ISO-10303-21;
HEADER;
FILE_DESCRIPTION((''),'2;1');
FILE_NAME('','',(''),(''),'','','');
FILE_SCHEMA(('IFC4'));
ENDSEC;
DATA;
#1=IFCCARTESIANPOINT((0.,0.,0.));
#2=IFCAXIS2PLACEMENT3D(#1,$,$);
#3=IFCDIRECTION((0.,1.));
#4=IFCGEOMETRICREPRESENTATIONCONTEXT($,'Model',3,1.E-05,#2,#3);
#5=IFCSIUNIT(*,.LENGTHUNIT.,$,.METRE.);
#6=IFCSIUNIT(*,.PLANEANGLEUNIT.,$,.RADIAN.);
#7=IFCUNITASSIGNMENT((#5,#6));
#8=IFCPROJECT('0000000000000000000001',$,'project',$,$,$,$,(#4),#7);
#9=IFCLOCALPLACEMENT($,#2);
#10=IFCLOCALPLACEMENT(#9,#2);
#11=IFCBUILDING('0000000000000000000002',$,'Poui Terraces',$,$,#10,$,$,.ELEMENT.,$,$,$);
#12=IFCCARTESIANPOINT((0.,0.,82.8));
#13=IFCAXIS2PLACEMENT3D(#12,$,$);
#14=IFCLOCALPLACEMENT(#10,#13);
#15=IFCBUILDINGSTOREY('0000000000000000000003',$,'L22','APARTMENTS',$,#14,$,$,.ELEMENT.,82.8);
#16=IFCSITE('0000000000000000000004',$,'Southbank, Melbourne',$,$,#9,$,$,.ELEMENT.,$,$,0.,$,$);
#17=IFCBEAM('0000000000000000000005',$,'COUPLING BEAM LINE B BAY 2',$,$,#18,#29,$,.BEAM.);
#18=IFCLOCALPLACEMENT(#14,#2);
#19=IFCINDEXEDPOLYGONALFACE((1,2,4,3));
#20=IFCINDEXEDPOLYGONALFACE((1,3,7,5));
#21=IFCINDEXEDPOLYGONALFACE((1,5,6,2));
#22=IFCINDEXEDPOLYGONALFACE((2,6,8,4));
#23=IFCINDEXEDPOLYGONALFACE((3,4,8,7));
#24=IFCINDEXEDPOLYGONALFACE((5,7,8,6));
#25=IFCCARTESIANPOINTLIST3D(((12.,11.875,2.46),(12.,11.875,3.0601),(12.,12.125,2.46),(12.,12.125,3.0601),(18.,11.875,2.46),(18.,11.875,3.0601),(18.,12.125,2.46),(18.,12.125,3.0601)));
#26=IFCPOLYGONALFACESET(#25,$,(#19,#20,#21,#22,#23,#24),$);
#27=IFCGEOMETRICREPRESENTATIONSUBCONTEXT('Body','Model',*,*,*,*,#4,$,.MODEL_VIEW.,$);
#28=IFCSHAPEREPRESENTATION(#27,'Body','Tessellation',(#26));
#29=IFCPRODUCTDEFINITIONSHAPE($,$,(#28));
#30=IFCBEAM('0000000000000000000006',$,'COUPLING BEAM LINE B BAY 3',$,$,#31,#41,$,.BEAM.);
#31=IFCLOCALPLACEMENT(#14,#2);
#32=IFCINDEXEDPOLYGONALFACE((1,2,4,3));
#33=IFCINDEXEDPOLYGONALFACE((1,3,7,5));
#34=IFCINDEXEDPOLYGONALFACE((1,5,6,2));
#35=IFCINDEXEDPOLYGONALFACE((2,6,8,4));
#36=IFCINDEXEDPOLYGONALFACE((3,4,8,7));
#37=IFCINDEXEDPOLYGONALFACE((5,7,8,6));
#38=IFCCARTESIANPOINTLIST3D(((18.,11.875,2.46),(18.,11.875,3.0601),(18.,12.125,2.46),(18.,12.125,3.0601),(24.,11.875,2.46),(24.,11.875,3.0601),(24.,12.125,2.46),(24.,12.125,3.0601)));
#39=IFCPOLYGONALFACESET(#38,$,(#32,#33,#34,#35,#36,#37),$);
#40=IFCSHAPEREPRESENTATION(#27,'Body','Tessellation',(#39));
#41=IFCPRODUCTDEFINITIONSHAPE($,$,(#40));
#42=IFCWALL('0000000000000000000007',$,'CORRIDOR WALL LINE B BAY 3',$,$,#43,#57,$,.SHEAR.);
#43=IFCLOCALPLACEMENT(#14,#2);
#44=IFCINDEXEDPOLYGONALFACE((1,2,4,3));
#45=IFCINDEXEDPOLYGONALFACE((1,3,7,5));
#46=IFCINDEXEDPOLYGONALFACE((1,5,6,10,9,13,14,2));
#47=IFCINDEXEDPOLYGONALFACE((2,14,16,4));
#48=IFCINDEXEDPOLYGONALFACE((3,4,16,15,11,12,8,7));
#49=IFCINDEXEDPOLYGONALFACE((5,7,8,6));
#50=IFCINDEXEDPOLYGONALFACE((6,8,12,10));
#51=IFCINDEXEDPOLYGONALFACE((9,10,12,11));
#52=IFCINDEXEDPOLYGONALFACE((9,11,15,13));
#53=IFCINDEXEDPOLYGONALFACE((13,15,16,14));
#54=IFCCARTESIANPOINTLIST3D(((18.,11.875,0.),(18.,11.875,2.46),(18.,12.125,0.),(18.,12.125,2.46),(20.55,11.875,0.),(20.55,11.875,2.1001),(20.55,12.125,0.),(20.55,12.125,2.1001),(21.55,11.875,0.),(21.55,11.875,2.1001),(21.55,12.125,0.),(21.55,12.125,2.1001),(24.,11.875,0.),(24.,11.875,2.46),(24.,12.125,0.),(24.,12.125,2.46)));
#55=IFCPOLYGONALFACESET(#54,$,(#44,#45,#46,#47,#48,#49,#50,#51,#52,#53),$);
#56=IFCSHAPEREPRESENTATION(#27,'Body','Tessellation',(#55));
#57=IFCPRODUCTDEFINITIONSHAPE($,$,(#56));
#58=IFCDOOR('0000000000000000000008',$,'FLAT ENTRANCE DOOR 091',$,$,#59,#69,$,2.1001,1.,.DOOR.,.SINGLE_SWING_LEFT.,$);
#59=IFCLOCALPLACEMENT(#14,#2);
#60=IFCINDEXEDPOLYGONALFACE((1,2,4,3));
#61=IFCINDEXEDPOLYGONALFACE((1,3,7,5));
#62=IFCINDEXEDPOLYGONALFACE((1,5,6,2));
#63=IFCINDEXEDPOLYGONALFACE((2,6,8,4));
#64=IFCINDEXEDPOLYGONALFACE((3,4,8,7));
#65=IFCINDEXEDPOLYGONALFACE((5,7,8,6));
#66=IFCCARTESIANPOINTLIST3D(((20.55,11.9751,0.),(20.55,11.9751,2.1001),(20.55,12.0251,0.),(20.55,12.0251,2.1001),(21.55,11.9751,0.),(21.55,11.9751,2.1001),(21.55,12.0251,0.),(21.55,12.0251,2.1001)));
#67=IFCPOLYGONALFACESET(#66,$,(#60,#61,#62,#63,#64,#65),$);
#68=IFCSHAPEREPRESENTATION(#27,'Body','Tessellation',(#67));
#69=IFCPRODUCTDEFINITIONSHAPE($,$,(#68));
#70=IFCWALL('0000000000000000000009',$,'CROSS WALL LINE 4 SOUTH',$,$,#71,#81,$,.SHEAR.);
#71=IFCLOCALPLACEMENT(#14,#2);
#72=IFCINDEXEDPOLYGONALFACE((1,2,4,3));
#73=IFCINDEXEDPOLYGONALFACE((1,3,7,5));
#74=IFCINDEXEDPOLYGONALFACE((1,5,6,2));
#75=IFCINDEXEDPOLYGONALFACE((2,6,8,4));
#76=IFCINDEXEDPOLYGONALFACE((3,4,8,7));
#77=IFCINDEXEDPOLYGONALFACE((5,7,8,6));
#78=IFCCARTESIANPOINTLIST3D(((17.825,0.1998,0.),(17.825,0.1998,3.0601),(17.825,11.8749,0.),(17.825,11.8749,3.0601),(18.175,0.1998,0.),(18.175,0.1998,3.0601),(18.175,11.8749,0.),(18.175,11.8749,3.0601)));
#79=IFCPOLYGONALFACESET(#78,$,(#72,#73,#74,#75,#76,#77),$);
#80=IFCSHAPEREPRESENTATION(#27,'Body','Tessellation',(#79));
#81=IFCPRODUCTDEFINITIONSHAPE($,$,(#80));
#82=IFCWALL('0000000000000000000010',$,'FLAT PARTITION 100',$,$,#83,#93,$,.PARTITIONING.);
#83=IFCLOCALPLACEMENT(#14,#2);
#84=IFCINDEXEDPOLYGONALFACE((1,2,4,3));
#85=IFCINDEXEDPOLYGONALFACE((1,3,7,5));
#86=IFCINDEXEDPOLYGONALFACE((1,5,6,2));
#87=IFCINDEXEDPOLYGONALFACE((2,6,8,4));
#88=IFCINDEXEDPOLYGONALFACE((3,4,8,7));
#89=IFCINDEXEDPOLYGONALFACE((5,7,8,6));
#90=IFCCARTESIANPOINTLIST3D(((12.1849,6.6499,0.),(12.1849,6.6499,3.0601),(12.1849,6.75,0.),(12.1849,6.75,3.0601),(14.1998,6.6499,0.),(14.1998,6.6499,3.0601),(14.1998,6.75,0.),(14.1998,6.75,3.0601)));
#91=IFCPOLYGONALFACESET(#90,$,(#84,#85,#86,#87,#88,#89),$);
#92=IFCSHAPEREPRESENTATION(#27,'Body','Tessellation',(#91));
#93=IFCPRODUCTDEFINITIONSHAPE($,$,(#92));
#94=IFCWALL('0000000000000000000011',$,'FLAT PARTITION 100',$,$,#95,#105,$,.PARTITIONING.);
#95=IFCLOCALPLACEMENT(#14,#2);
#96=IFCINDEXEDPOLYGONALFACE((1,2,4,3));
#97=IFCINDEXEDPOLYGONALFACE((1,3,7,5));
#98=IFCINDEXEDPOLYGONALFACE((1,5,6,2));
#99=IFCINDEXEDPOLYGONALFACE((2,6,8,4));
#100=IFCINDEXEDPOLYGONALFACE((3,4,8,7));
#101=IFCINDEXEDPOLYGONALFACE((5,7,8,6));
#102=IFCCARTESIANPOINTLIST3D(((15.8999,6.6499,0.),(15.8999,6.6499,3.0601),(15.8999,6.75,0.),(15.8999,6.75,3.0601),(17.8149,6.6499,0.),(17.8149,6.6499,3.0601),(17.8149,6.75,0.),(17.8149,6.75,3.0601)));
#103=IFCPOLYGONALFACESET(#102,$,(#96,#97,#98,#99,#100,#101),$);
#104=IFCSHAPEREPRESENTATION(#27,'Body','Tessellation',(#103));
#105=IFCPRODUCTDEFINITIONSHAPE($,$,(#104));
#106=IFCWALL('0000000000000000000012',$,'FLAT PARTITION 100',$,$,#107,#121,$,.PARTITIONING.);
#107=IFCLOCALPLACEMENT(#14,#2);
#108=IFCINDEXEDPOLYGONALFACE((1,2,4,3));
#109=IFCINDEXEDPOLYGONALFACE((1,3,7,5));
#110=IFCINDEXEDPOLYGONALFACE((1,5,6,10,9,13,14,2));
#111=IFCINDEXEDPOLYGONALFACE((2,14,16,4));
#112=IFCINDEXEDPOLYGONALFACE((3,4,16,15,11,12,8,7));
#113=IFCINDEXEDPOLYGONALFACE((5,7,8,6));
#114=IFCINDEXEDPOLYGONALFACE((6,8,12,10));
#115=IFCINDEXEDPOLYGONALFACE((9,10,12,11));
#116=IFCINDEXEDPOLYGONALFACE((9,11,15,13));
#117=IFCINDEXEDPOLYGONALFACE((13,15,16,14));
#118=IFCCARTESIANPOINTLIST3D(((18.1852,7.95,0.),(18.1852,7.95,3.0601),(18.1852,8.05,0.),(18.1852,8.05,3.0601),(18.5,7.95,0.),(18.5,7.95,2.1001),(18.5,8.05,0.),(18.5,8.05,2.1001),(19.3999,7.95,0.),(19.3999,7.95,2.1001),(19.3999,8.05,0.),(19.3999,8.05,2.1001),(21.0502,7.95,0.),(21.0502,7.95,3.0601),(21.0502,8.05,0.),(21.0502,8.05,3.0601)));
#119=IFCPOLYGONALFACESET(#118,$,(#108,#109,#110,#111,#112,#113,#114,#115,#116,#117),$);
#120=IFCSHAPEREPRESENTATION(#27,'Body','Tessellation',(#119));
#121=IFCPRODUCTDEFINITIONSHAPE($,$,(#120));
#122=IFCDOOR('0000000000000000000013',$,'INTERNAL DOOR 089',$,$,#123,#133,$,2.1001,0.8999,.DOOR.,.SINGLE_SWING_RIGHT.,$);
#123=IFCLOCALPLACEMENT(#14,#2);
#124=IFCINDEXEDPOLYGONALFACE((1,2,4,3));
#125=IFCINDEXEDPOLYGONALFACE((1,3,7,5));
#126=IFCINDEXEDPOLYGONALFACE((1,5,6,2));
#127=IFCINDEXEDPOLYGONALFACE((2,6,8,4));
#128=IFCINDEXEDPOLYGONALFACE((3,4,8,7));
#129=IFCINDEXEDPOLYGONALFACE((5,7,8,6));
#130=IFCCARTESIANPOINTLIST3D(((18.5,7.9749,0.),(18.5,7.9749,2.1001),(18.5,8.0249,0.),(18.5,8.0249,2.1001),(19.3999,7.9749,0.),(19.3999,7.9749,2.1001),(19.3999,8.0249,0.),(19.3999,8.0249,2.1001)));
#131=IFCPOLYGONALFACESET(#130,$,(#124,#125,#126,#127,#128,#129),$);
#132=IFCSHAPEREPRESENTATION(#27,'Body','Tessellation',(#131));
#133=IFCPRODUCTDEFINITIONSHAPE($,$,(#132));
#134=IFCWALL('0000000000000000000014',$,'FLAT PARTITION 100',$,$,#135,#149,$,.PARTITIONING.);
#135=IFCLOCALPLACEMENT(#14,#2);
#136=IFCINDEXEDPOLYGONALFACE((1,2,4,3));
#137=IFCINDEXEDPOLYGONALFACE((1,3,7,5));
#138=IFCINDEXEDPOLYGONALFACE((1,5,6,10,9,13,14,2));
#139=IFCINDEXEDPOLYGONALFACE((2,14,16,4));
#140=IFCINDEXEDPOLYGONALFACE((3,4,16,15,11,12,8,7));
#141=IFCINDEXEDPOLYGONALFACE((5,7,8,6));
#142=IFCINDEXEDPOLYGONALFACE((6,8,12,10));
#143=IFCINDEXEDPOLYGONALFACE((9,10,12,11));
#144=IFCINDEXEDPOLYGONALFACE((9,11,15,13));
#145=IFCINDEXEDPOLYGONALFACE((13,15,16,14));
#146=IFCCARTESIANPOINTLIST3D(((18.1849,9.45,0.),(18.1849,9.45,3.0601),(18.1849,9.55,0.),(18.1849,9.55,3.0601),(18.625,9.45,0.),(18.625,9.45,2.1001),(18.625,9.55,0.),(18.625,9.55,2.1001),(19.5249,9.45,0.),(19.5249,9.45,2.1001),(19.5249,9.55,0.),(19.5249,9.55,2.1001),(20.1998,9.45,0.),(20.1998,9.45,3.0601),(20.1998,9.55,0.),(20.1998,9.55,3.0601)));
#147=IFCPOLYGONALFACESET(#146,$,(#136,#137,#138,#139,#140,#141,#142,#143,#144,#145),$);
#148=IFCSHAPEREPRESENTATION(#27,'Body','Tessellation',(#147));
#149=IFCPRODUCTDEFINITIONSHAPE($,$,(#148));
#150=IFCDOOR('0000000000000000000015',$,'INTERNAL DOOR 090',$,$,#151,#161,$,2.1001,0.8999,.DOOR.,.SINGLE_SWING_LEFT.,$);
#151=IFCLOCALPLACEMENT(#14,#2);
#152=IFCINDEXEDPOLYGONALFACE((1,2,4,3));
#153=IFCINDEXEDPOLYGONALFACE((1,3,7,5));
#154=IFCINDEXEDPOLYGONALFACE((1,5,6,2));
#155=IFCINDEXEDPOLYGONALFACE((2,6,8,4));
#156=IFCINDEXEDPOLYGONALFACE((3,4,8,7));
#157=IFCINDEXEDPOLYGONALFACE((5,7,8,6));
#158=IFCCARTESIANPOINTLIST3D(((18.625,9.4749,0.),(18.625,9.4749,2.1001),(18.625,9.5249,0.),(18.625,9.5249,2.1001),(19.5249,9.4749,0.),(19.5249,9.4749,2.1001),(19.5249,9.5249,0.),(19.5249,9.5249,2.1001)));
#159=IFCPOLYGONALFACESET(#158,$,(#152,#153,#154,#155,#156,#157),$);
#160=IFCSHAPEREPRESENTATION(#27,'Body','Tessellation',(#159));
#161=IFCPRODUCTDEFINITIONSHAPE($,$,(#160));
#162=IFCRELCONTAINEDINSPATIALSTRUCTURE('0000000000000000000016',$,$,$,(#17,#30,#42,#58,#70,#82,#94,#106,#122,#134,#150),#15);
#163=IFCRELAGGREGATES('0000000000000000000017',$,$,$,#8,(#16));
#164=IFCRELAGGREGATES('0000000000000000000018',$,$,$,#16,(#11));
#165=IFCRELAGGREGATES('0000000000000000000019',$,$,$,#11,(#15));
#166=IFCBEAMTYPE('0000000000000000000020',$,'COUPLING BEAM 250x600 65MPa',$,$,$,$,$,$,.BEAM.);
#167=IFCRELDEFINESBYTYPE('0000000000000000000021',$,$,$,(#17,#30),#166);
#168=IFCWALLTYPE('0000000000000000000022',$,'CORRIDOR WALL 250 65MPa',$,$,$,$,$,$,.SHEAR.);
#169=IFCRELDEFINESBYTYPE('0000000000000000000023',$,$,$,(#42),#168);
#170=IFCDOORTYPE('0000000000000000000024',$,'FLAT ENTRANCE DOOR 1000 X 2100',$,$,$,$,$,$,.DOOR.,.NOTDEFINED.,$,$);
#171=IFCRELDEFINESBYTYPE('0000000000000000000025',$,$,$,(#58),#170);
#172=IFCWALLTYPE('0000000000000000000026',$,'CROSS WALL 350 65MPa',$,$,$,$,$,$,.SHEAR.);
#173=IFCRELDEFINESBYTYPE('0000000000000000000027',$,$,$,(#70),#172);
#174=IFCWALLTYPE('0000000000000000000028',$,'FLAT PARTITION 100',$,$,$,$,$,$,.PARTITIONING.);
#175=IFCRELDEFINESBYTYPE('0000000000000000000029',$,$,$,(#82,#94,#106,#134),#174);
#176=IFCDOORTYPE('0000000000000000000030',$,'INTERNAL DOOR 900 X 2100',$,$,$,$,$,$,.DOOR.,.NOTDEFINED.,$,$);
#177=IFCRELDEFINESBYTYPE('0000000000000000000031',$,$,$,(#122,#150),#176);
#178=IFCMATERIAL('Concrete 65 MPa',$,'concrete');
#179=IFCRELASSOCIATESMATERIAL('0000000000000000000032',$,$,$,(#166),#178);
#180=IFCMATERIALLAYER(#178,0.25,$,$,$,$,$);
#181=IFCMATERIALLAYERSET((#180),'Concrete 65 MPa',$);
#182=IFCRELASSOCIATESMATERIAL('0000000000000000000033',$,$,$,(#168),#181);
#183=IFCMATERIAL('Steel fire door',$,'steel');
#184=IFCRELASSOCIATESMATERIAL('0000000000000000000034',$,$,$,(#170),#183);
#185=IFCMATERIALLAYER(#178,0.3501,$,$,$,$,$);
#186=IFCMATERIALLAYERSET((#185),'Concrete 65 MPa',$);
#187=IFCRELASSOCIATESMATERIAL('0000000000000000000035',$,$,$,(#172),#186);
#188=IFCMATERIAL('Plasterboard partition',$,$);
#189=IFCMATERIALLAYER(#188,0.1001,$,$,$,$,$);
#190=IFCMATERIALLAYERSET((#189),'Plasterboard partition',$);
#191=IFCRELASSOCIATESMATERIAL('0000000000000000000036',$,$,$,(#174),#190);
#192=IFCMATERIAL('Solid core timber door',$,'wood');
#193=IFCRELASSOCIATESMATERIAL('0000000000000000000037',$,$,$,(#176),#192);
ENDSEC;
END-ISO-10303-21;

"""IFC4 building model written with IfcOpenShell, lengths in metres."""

from ifc_helpers import new_model, si_unit, direction, frame, frame_2d, origin, origin_2d, place, context, subcontext, project, spatial, rectangle, extrude, source, transform, mapped, material, layer, layer_set, material_profile, profile_set, type_object, element, fill, save


model = new_model("IFC4")

# Units and contexts
model_context = context("Model", 3, precision=1e-05, world=origin(), true_north=direction((0.0, 1.0)))
body_context = subcontext(model_context, "Body", "Model", "MODEL_VIEW")
ifc_project = project(units=[si_unit("LENGTHUNIT", "METRE"), si_unit("PLANEANGLEUNIT", "RADIAN")], contexts=[model_context])

# Site, building, storey
site_placement = place(None, origin())
site = spatial("IfcSite", under=ifc_project, at=site_placement, Name="Southbank, Melbourne", CompositionType="ELEMENT", RefElevation=0.0)
building_placement = place(site_placement, origin())
building = spatial("IfcBuilding", under=site, at=building_placement, Name="Poui Terraces", CompositionType="ELEMENT")
storey_placement = place(building_placement, frame((0.0, 0.0, 82.8)))
storey = spatial("IfcBuildingStorey", under=building, at=storey_placement, Name="L22", Description="APARTMENTS", CompositionType="ELEMENT", Elevation=82.8)

# Beams
ifc_material_1 = material(Name="Concrete 65 MPa", Category="concrete")
ifc_material_profile_1 = material_profile(ifc_material_1, rectangle(XDim=0.25, YDim=0.6001, at=origin_2d()), Name="RC 250x600")
ifc_profile_set_1 = profile_set([ifc_material_profile_1], Name="Concrete 65 MPa")
beam_type = type_object("IfcBeamType", Name="COUPLING BEAM 250x600 65MPa", PredefinedType="BEAM", material=ifc_profile_set_1)
shared_shape_1 = source(origin(), body_context, "Body", "SweptSolid", [
    extrude(rectangle(XDim=0.25, YDim=0.6001, at=origin_2d()), origin(), (0.0, 0.0, 1.0), 6.0),
])
for number, where, z_axis, x_axis, name in (
    (1, (12.0, 12.0, 2.76), (1.0, 0.0, 0.0), (0.0, 1.0, 0.0), "COUPLING BEAM LINE B BAY 2"),
    (2, (18.0, 12.0, 2.76), (1.0, 0.0, 0.0), (0.0, 1.0, 0.0), "COUPLING BEAM LINE B BAY 3"),
):
    element("IfcBeam", number, at=place(storey_placement, frame(where, z_axis=z_axis, x_axis=x_axis)), inside=storey, type_object=beam_type, Name=name, PredefinedType="BEAM", context=body_context, shape_type="MappedRepresentation", body=[
        mapped(shared_shape_1, transform((0.0, 0.0, 0.0))),
    ])

# Wall, opening, door
ifc_layer_1 = layer(ifc_material_1, 0.25)
ifc_layer_set_1 = layer_set([ifc_layer_1], Name="Concrete 65 MPa")
wall_type_1 = type_object("IfcWallType", Name="CORRIDOR WALL 250 65MPa", PredefinedType="SHEAR", material=ifc_layer_set_1)
wall_1_placement = place(storey_placement, frame((18.0, 12.0, 0.0), z_axis=(0.0, 0.0, 1.0), x_axis=(1.0, 0.0, 0.0)))
wall_1 = element("IfcWall", 3, at=wall_1_placement, inside=storey, type_object=wall_type_1, Name="CORRIDOR WALL LINE B BAY 3", PredefinedType="SHEAR", context=body_context, shape_type="SweptSolid", body=[
    extrude(rectangle(XDim=6.0, YDim=0.25, at=frame_2d((3.0, 0.0))), origin(), (0.0, 0.0, 1.0), 2.46),
])
opening_1_placement = place(wall_1_placement, frame((2.55, 0.0, 0.0)))
opening_1 = element("IfcOpeningElement", 4, at=opening_1_placement, cuts=wall_1, PredefinedType="OPENING", context=body_context, shape_type="SweptSolid", body=[
    extrude(rectangle(XDim=1.0, YDim=2.1001, at=frame_2d((0.5, 1.05))), frame((0.0, 0.135, 0.0), z_axis=(0.0, -1.0, 0.0), x_axis=(1.0, 0.0, 0.0)), (0.0, 0.0, 1.0), 0.27),
])
ifc_material_2 = material(Name="Steel fire door", Category="steel")
door_type_1 = type_object("IfcDoorType", Name="FLAT ENTRANCE DOOR 1000 X 2100", OperationType="NOTDEFINED", PredefinedType="DOOR", material=ifc_material_2)
door_1_placement = place(opening_1_placement, frame((1.0, 0.0, 0.0), z_axis=(0.0, 0.0, 1.0), x_axis=(-1.0, 0.0, 0.0)))
door_1 = element("IfcDoor", 5, at=door_1_placement, inside=storey, type_object=door_type_1, Name="FLAT ENTRANCE DOOR 091", OperationType="SINGLE_SWING_LEFT", OverallHeight=2.1001, OverallWidth=1.0, PredefinedType="DOOR", context=body_context, shape_type="SweptSolid", body=[
    extrude(rectangle(XDim=1.0, YDim=2.1001, at=frame_2d((0.5, 1.05))), frame((0.0, 0.0249, 0.0), z_axis=(0.0, -1.0, 0.0), x_axis=(1.0, 0.0, 0.0)), (0.0, 0.0, 1.0), 0.05),
])
fill(opening_1, door_1)

# Walls
ifc_layer_2 = layer(ifc_material_1, 0.3501)
ifc_layer_set_2 = layer_set([ifc_layer_2], Name="Concrete 65 MPa")
wall_type_2 = type_object("IfcWallType", Name="CROSS WALL 350 65MPa", PredefinedType="SHEAR", material=ifc_layer_set_2)
wall_2_placement = place(storey_placement, frame((18.0, 0.2, 0.0), z_axis=(0.0, 0.0, 1.0), x_axis=(0.0, 1.0, 0.0)))
element("IfcWall", 6, at=wall_2_placement, inside=storey, type_object=wall_type_2, Name="CROSS WALL LINE 4 SOUTH", PredefinedType="SHEAR", context=body_context, shape_type="SweptSolid", body=[
    extrude(rectangle(XDim=11.675, YDim=0.3501, at=frame_2d((5.8374, 0.0))), origin(), (0.0, 0.0, 1.0), 3.0601),
])
ifc_material_3 = material(Name="Plasterboard partition")
ifc_layer_3 = layer(ifc_material_3, 0.1001)
ifc_layer_set_3 = layer_set([ifc_layer_3], Name="Plasterboard partition")
wall_type_3 = type_object("IfcWallType", Name="FLAT PARTITION 100", PredefinedType="PARTITIONING", material=ifc_layer_set_3)
wall_3_placement = place(storey_placement, frame((12.1851, 6.7, 0.0), z_axis=(0.0, 0.0, 1.0), x_axis=(1.0, 0.0, 0.0)))
element("IfcWall", 7, at=wall_3_placement, inside=storey, type_object=wall_type_3, Name="FLAT PARTITION 100", PredefinedType="PARTITIONING", context=body_context, shape_type="SweptSolid", body=[
    extrude(rectangle(XDim=2.0149, YDim=0.1001, at=frame_2d((1.0073, 0.0))), origin(), (0.0, 0.0, 1.0), 3.0601),
])
wall_4_placement = place(storey_placement, frame((15.8999, 6.7, 0.0), z_axis=(0.0, 0.0, 1.0), x_axis=(1.0, 0.0, 0.0)))
element("IfcWall", 8, at=wall_4_placement, inside=storey, type_object=wall_type_3, Name="FLAT PARTITION 100", PredefinedType="PARTITIONING", context=body_context, shape_type="SweptSolid", body=[
    extrude(rectangle(XDim=1.915, YDim=0.1001, at=frame_2d((0.9575, 0.0))), origin(), (0.0, 0.0, 1.0), 3.0601),
])

# Walls, openings, doors
wall_5_placement = place(storey_placement, frame((18.1851, 8.0, 0.0), z_axis=(0.0, 0.0, 1.0), x_axis=(1.0, 0.0, 0.0)))
wall_5 = element("IfcWall", 9, at=wall_5_placement, inside=storey, type_object=wall_type_3, Name="FLAT PARTITION 100", PredefinedType="PARTITIONING", context=body_context, shape_type="SweptSolid", body=[
    extrude(rectangle(XDim=2.865, YDim=0.1001, at=frame_2d((1.4326, 0.0))), origin(), (0.0, 0.0, 1.0), 3.0601),
])
opening_2_placement = place(wall_5_placement, frame((0.3149, 0.0, 0.0)))
opening_2 = element("IfcOpeningElement", 10, at=opening_2_placement, cuts=wall_5, PredefinedType="OPENING", context=body_context, shape_type="SweptSolid", body=[
    extrude(rectangle(XDim=0.8999, YDim=2.1001, at=frame_2d((0.45, 1.05))), frame((0.0, 0.0601, 0.0), z_axis=(0.0, -1.0, 0.0), x_axis=(1.0, 0.0, 0.0)), (0.0, 0.0, 1.0), 0.1201),
])
ifc_material_4 = material(Name="Solid core timber door", Category="wood")
door_type_2 = type_object("IfcDoorType", Name="INTERNAL DOOR 900 X 2100", OperationType="NOTDEFINED", PredefinedType="DOOR", material=ifc_material_4)
door_2_placement = place(opening_2_placement, origin())
door_2 = element("IfcDoor", 11, at=door_2_placement, inside=storey, type_object=door_type_2, Name="INTERNAL DOOR 089", OperationType="SINGLE_SWING_RIGHT", OverallHeight=2.1001, OverallWidth=0.8999, PredefinedType="DOOR", context=body_context, shape_type="SweptSolid", body=[
    extrude(rectangle(XDim=0.8999, YDim=2.1001, at=frame_2d((0.45, 1.05))), frame((0.0, 0.0249, 0.0), z_axis=(0.0, -1.0, 0.0), x_axis=(1.0, 0.0, 0.0)), (0.0, 0.0, 1.0), 0.05),
])
fill(opening_2, door_2)
wall_6_placement = place(storey_placement, frame((18.1851, 9.5, 0.0), z_axis=(0.0, 0.0, 1.0), x_axis=(1.0, 0.0, 0.0)))
wall_6 = element("IfcWall", 12, at=wall_6_placement, inside=storey, type_object=wall_type_3, Name="FLAT PARTITION 100", PredefinedType="PARTITIONING", context=body_context, shape_type="SweptSolid", body=[
    extrude(rectangle(XDim=2.0149, YDim=0.1001, at=frame_2d((1.0073, 0.0))), origin(), (0.0, 0.0, 1.0), 3.0601),
])
opening_3_placement = place(wall_6_placement, frame((0.4399, 0.0, 0.0)))
opening_3 = element("IfcOpeningElement", 13, at=opening_3_placement, cuts=wall_6, PredefinedType="OPENING", context=body_context, shape_type="SweptSolid", body=[
    extrude(rectangle(XDim=0.8999, YDim=2.1001, at=frame_2d((0.45, 1.05))), frame((0.0, 0.0601, 0.0), z_axis=(0.0, -1.0, 0.0), x_axis=(1.0, 0.0, 0.0)), (0.0, 0.0, 1.0), 0.1201),
])
door_3_placement = place(opening_3_placement, origin())
door_3 = element("IfcDoor", 14, at=door_3_placement, inside=storey, type_object=door_type_2, Name="INTERNAL DOOR 090", OperationType="SINGLE_SWING_LEFT", OverallHeight=2.1001, OverallWidth=0.8999, PredefinedType="DOOR", context=body_context, shape_type="SweptSolid", body=[
    extrude(rectangle(XDim=0.8999, YDim=2.1001, at=frame_2d((0.45, 1.05))), frame((0.0, 0.0249, 0.0), z_axis=(0.0, -1.0, 0.0), x_axis=(1.0, 0.0, 0.0)), (0.0, 0.0, 1.0), 0.05),
])
fill(opening_3, door_3)

save(model, "model.ifc")
